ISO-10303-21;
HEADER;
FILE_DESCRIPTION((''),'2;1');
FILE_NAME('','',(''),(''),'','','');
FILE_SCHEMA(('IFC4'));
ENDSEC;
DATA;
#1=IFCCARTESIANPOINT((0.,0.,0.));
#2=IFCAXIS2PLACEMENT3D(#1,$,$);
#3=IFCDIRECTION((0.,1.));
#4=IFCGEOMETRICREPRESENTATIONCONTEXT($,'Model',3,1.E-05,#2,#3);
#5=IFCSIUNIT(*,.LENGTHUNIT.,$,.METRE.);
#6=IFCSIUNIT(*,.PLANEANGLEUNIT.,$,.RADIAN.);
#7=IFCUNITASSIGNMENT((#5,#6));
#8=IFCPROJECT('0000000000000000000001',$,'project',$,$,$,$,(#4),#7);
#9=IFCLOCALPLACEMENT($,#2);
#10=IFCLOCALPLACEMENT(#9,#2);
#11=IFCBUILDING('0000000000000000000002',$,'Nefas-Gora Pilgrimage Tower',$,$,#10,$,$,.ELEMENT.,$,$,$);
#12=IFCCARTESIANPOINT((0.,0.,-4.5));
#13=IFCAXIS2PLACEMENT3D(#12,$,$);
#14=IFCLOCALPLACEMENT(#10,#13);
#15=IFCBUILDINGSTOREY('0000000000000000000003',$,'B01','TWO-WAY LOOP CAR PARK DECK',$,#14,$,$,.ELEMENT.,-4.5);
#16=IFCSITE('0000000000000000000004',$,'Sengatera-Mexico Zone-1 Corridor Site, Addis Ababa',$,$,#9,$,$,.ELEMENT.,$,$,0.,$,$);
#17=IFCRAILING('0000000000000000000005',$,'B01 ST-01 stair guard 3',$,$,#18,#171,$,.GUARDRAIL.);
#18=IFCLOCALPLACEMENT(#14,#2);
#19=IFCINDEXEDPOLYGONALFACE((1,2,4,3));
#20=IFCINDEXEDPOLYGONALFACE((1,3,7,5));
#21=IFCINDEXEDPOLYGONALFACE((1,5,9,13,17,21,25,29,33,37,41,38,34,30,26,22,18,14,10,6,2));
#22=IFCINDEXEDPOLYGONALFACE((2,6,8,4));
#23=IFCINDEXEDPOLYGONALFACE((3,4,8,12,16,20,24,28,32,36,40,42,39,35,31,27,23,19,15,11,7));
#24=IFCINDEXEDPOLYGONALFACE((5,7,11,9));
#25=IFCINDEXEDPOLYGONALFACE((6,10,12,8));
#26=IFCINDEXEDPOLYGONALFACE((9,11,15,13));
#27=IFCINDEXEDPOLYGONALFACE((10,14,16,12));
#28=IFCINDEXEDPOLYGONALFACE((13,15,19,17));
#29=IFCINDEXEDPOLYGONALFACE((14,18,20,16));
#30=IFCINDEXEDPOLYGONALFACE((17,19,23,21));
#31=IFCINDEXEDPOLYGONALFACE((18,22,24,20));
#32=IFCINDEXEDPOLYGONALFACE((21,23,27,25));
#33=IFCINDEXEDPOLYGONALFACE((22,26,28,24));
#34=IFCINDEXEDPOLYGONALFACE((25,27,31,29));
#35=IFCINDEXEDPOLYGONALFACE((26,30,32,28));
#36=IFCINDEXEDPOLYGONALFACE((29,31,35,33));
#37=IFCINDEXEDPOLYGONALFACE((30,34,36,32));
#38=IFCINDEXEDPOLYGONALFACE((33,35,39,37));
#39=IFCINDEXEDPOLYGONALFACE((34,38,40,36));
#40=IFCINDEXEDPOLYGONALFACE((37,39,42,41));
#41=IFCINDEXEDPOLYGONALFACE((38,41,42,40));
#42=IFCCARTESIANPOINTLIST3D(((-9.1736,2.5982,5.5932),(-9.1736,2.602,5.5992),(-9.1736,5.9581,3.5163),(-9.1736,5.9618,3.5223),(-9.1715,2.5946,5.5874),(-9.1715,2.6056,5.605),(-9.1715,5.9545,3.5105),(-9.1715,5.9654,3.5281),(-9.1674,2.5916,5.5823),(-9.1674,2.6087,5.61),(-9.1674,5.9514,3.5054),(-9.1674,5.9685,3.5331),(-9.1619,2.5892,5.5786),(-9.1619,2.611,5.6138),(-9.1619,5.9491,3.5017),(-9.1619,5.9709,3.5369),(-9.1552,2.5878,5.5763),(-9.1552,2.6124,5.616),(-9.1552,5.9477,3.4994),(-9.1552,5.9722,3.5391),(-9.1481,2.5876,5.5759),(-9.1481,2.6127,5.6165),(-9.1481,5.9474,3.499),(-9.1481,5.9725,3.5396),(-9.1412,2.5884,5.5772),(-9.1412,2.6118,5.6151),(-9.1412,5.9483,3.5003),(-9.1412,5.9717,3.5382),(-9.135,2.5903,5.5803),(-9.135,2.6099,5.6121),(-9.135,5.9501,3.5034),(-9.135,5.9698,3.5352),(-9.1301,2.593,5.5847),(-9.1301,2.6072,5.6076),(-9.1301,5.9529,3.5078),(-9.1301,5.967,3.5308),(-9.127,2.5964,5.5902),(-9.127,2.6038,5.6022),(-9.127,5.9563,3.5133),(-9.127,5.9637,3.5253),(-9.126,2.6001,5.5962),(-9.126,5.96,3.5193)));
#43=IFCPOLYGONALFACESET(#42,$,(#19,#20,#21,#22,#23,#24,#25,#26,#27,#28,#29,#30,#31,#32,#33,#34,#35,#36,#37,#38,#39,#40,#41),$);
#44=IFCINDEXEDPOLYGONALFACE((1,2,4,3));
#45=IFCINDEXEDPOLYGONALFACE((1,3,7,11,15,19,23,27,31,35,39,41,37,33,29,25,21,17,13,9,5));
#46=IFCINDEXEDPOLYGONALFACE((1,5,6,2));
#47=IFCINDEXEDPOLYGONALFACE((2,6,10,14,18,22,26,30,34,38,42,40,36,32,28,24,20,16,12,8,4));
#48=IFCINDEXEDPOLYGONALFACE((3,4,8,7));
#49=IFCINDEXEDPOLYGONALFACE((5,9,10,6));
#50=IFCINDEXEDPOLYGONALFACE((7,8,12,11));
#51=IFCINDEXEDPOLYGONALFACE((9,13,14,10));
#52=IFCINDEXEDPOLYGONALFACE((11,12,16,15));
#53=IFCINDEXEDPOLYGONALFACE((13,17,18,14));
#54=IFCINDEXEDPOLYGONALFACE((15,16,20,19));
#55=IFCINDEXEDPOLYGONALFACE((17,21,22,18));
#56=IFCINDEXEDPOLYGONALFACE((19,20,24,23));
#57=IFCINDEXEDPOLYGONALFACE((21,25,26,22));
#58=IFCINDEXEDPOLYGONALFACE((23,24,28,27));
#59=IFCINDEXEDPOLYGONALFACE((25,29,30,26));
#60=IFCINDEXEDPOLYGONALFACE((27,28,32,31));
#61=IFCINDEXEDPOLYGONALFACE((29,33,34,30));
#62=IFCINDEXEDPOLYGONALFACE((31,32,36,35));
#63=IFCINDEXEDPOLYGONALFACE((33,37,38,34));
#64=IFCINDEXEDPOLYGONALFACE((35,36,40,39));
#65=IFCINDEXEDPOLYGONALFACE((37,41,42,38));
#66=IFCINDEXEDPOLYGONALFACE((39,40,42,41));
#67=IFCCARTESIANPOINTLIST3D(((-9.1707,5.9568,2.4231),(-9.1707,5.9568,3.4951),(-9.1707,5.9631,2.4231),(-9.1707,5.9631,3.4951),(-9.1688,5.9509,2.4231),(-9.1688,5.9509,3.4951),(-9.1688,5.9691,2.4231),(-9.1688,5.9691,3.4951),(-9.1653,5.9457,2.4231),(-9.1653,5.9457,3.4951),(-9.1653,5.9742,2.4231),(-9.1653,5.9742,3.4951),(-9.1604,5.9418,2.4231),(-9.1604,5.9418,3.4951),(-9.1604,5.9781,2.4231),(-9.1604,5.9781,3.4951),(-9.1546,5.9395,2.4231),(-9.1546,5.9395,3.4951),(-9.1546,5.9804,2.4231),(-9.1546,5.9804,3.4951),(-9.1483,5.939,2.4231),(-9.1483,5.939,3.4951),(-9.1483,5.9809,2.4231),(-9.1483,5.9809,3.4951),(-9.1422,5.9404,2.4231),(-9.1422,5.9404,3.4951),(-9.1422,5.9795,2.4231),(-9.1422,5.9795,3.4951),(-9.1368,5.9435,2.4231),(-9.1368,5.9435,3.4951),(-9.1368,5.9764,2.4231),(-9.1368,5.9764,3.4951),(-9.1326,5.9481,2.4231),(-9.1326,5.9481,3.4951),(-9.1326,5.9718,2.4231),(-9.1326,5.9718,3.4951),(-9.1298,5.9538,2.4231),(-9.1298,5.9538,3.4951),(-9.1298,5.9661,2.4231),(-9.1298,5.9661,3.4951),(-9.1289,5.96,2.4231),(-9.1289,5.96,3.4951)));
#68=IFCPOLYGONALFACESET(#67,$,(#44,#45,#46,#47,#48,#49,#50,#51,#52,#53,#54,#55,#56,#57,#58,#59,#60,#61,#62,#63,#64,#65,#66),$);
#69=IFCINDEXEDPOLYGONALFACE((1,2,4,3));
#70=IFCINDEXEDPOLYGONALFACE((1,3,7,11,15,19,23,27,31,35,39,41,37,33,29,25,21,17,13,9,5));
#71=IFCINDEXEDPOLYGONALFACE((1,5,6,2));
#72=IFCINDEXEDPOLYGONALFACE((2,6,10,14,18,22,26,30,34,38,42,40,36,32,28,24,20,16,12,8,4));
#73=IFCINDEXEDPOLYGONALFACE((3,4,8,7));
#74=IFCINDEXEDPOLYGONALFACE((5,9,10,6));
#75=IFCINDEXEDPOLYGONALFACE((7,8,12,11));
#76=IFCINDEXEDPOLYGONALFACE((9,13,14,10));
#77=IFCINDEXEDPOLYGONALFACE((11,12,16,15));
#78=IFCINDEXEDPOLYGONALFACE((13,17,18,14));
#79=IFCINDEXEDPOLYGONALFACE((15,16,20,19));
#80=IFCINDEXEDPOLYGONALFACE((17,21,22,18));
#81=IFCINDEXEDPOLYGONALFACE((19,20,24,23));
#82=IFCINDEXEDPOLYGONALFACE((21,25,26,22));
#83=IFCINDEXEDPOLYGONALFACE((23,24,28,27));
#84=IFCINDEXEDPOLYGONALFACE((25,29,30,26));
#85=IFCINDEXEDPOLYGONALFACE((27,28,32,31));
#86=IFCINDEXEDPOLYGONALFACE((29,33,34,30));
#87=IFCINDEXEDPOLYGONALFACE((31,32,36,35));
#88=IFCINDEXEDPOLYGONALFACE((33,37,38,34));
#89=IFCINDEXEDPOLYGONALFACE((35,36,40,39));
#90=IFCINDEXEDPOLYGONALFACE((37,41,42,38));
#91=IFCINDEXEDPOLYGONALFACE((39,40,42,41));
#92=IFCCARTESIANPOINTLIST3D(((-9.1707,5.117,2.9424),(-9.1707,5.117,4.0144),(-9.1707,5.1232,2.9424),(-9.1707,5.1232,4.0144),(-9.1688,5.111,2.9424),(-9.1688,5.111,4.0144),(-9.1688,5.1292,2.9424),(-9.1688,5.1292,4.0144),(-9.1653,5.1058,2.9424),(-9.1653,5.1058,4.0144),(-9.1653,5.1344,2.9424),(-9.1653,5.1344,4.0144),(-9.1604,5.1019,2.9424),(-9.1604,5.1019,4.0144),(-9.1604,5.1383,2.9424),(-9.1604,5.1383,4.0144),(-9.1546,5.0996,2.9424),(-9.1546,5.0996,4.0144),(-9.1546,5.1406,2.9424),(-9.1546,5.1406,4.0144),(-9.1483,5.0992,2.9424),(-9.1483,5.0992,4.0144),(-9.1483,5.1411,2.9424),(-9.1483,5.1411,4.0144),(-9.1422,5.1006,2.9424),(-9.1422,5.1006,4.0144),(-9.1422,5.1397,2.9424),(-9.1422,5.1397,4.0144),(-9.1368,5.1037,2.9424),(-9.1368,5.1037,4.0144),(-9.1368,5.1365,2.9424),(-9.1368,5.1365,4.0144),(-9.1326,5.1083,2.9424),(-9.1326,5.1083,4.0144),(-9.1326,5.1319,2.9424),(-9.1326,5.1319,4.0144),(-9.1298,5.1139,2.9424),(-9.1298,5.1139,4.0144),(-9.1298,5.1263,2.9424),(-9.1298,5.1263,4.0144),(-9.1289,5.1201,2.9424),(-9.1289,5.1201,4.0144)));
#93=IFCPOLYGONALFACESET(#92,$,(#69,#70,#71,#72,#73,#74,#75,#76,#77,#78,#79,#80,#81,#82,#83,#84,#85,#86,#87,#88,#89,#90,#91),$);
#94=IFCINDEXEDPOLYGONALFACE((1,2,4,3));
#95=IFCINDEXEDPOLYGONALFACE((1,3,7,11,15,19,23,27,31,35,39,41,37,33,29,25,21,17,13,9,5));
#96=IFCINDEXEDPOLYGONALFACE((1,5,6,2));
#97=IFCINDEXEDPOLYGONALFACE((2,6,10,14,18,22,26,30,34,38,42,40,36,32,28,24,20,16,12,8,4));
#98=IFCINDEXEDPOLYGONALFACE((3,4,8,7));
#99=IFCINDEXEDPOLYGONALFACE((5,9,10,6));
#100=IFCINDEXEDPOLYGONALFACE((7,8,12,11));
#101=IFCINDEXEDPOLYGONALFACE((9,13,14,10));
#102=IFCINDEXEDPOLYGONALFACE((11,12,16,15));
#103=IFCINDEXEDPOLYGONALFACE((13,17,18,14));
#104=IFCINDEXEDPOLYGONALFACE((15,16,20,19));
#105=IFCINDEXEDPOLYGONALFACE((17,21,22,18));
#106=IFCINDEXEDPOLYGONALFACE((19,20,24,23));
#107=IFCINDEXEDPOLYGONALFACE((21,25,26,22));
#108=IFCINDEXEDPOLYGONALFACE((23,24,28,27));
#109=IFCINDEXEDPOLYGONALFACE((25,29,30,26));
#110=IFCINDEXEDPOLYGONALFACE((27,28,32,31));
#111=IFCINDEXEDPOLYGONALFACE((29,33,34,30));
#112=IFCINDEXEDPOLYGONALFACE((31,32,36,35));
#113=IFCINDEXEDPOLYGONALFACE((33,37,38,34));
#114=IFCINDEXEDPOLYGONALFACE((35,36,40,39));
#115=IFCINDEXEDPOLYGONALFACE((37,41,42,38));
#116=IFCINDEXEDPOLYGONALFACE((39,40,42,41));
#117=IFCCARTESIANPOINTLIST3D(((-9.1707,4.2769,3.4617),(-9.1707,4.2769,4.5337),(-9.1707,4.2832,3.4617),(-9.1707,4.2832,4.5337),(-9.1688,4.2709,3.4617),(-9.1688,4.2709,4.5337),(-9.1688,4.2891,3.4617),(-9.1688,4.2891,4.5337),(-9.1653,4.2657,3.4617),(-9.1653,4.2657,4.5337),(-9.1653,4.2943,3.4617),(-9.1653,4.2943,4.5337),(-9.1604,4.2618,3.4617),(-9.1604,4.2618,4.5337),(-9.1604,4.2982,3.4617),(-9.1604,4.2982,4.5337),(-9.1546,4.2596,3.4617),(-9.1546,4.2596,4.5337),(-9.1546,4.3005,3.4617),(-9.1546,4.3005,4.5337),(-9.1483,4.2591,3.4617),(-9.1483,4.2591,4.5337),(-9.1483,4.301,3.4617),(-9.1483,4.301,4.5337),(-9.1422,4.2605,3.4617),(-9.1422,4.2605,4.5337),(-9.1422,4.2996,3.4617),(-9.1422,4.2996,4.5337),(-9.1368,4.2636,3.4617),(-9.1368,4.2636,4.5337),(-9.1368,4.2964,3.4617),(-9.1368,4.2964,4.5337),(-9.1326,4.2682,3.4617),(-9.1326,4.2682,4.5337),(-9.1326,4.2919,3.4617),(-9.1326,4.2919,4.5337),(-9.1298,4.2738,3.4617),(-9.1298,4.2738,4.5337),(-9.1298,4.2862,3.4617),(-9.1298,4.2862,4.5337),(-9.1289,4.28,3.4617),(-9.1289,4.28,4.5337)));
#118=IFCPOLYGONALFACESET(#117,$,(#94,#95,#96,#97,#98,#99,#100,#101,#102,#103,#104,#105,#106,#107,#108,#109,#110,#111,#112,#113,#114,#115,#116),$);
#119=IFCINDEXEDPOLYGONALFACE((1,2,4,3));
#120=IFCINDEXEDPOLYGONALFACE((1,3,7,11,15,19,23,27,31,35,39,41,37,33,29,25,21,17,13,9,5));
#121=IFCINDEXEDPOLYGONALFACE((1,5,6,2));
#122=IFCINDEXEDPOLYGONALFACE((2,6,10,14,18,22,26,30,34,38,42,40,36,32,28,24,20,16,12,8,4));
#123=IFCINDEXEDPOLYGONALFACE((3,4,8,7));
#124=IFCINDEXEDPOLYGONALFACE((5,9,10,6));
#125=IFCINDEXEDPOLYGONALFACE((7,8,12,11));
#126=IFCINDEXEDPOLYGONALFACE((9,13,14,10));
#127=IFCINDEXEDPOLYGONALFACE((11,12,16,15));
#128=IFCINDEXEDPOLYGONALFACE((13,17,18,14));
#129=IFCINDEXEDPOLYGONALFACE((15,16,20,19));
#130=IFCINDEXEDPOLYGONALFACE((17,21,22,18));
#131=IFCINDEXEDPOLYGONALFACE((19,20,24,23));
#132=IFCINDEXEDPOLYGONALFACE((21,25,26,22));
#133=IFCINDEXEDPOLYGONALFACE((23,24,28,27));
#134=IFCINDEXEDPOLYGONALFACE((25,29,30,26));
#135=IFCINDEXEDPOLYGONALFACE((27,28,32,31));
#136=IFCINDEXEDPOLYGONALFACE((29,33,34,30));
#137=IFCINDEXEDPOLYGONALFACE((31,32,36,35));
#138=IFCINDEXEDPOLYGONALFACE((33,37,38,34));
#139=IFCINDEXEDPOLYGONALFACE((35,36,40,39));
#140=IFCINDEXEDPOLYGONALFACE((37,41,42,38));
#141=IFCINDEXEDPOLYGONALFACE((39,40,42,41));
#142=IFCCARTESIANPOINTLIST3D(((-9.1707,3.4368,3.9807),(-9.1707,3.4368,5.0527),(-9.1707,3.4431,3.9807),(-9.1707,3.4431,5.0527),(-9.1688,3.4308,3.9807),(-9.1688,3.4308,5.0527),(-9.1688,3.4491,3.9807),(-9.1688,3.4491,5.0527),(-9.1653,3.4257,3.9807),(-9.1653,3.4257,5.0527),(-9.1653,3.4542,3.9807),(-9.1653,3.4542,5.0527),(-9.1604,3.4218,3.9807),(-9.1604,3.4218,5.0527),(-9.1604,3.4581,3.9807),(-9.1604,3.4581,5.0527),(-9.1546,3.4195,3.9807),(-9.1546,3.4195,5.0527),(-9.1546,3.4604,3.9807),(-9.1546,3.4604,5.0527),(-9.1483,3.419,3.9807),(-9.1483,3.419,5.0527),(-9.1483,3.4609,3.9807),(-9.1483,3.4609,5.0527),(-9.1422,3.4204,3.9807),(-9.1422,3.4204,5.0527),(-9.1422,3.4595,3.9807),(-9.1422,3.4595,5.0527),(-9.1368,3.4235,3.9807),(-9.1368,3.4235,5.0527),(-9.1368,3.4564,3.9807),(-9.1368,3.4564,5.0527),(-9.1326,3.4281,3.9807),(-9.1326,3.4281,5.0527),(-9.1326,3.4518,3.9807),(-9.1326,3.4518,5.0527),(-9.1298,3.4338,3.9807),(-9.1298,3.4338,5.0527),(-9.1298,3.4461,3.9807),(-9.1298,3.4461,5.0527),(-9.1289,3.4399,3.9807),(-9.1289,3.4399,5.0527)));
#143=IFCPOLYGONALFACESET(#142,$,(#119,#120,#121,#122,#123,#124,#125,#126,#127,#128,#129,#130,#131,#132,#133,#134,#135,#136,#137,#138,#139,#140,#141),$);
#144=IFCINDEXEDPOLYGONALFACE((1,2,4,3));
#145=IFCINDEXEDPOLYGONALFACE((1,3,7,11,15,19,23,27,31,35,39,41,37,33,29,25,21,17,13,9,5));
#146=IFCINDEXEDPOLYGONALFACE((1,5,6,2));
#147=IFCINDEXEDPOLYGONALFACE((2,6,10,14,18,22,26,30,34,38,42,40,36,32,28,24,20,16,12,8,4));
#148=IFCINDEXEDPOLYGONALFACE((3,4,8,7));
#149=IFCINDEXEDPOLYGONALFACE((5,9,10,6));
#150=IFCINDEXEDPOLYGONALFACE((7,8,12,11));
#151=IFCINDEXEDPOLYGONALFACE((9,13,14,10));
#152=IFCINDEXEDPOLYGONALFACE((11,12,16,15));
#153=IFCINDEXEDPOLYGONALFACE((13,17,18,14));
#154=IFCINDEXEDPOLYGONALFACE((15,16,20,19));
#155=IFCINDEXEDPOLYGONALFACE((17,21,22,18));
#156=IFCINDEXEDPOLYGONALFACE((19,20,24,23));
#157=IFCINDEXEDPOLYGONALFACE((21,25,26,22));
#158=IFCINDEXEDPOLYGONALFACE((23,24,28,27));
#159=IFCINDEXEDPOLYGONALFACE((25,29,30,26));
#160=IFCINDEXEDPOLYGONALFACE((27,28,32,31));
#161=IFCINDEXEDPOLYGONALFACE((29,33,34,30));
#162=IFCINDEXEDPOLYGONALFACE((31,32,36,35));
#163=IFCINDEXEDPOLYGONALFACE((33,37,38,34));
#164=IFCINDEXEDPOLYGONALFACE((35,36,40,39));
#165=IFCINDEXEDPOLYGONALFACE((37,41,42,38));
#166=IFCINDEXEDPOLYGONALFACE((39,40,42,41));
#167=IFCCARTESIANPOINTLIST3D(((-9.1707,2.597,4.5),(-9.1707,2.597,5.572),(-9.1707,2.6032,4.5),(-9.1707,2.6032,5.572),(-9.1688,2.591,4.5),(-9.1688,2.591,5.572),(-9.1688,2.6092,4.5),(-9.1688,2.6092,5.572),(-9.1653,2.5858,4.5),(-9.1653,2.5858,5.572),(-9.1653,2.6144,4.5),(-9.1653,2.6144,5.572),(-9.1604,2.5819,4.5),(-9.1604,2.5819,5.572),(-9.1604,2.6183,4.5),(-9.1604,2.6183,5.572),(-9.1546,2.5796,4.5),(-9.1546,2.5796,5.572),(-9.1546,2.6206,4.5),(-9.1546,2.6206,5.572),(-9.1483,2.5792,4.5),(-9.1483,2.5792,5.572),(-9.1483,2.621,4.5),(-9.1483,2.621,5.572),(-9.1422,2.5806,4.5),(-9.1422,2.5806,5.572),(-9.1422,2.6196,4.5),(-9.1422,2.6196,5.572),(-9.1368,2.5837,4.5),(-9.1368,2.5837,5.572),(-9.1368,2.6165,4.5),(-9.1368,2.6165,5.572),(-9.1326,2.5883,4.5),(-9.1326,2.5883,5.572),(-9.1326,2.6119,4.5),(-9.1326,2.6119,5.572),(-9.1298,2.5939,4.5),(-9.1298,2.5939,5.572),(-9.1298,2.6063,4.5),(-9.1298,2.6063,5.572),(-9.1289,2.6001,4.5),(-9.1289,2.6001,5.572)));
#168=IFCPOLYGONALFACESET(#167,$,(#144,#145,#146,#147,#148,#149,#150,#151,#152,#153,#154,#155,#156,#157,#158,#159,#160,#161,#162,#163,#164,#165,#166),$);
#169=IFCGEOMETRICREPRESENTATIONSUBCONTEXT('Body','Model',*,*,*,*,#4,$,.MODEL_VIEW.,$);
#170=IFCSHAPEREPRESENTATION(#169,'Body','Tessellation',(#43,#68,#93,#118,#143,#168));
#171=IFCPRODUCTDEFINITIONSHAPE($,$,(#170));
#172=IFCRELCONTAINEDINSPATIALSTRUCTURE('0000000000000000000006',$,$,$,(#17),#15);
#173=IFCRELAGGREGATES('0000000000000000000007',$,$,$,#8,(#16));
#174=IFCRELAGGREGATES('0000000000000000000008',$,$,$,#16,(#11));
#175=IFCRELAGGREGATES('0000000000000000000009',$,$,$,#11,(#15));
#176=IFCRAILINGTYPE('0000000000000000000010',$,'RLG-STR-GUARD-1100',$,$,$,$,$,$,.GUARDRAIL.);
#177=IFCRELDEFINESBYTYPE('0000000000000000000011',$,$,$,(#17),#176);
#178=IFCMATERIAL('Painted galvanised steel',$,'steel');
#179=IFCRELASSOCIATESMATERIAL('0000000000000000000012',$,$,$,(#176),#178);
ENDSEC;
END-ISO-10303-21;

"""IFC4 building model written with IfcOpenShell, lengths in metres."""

from ifc_helpers import new_model, si_unit, direction, frame, origin, origin_2d, place, context, subcontext, project, spatial, circle, extrude, material, type_object, element, save


model = new_model("IFC4")

# Units and contexts
model_context = context("Model", 3, precision=1e-05, world=origin(), true_north=direction((0.0, 1.0)))
body_context = subcontext(model_context, "Body", "Model", "MODEL_VIEW")
ifc_project = project(units=[si_unit("LENGTHUNIT", "METRE"), si_unit("PLANEANGLEUNIT", "RADIAN")], contexts=[model_context])

# Site, building, storey
site_placement = place(None, origin())
site = spatial("IfcSite", under=ifc_project, at=site_placement, Name="Sengatera-Mexico Zone-1 Corridor Site, Addis Ababa", CompositionType="ELEMENT", RefElevation=0.0)
building_placement = place(site_placement, origin())
building = spatial("IfcBuilding", under=site, at=building_placement, Name="Nefas-Gora Pilgrimage Tower", CompositionType="ELEMENT")
storey_placement = place(building_placement, frame((0.0, 0.0, -4.5)))
storey = spatial("IfcBuildingStorey", under=building, at=storey_placement, Name="B01", Description="TWO-WAY LOOP CAR PARK DECK", CompositionType="ELEMENT", Elevation=-4.5)

# Railing
ifc_material_1 = material(Name="Painted galvanised steel", Category="steel")
railing_type_1 = type_object("IfcRailingType", Name="RLG-STR-GUARD-1100", PredefinedType="GUARDRAIL", material=ifc_material_1)
railing_1_placement = place(storey_placement, frame((-9.1499, 5.96, 2.4231)))
element("IfcRailing", 1, at=railing_1_placement, inside=storey, type_object=railing_type_1, Name="B01 ST-01 stair guard 3", PredefinedType="GUARDRAIL", context=body_context, shape_type="SweptSolid", body=[
    extrude(circle(Radius=0.0239, at=origin_2d()), frame((0.0, 0.0, 1.0962), z_axis=(0.0, -0.850606, 0.525803), x_axis=(1.0, 0.0, 0.0)), (0.0, 0.0, 1.0), 3.95),
    extrude(circle(Radius=0.021, at=origin_2d()), origin(), (0.0, 0.0, 1.0), 1.072),
    extrude(circle(Radius=0.021, at=origin_2d()), frame((0.0, -0.8398, 0.5193)), (0.0, 0.0, 1.0), 1.072),
    extrude(circle(Radius=0.021, at=origin_2d()), frame((0.0, -1.6799, 1.0386)), (0.0, 0.0, 1.0), 1.072),
    extrude(circle(Radius=0.021, at=origin_2d()), frame((0.0, -2.52, 1.5576)), (0.0, 0.0, 1.0), 1.072),
    extrude(circle(Radius=0.021, at=origin_2d()), frame((0.0, -3.3599, 2.0769)), (0.0, 0.0, 1.0), 1.072),
])

save(model, "model.ifc")
